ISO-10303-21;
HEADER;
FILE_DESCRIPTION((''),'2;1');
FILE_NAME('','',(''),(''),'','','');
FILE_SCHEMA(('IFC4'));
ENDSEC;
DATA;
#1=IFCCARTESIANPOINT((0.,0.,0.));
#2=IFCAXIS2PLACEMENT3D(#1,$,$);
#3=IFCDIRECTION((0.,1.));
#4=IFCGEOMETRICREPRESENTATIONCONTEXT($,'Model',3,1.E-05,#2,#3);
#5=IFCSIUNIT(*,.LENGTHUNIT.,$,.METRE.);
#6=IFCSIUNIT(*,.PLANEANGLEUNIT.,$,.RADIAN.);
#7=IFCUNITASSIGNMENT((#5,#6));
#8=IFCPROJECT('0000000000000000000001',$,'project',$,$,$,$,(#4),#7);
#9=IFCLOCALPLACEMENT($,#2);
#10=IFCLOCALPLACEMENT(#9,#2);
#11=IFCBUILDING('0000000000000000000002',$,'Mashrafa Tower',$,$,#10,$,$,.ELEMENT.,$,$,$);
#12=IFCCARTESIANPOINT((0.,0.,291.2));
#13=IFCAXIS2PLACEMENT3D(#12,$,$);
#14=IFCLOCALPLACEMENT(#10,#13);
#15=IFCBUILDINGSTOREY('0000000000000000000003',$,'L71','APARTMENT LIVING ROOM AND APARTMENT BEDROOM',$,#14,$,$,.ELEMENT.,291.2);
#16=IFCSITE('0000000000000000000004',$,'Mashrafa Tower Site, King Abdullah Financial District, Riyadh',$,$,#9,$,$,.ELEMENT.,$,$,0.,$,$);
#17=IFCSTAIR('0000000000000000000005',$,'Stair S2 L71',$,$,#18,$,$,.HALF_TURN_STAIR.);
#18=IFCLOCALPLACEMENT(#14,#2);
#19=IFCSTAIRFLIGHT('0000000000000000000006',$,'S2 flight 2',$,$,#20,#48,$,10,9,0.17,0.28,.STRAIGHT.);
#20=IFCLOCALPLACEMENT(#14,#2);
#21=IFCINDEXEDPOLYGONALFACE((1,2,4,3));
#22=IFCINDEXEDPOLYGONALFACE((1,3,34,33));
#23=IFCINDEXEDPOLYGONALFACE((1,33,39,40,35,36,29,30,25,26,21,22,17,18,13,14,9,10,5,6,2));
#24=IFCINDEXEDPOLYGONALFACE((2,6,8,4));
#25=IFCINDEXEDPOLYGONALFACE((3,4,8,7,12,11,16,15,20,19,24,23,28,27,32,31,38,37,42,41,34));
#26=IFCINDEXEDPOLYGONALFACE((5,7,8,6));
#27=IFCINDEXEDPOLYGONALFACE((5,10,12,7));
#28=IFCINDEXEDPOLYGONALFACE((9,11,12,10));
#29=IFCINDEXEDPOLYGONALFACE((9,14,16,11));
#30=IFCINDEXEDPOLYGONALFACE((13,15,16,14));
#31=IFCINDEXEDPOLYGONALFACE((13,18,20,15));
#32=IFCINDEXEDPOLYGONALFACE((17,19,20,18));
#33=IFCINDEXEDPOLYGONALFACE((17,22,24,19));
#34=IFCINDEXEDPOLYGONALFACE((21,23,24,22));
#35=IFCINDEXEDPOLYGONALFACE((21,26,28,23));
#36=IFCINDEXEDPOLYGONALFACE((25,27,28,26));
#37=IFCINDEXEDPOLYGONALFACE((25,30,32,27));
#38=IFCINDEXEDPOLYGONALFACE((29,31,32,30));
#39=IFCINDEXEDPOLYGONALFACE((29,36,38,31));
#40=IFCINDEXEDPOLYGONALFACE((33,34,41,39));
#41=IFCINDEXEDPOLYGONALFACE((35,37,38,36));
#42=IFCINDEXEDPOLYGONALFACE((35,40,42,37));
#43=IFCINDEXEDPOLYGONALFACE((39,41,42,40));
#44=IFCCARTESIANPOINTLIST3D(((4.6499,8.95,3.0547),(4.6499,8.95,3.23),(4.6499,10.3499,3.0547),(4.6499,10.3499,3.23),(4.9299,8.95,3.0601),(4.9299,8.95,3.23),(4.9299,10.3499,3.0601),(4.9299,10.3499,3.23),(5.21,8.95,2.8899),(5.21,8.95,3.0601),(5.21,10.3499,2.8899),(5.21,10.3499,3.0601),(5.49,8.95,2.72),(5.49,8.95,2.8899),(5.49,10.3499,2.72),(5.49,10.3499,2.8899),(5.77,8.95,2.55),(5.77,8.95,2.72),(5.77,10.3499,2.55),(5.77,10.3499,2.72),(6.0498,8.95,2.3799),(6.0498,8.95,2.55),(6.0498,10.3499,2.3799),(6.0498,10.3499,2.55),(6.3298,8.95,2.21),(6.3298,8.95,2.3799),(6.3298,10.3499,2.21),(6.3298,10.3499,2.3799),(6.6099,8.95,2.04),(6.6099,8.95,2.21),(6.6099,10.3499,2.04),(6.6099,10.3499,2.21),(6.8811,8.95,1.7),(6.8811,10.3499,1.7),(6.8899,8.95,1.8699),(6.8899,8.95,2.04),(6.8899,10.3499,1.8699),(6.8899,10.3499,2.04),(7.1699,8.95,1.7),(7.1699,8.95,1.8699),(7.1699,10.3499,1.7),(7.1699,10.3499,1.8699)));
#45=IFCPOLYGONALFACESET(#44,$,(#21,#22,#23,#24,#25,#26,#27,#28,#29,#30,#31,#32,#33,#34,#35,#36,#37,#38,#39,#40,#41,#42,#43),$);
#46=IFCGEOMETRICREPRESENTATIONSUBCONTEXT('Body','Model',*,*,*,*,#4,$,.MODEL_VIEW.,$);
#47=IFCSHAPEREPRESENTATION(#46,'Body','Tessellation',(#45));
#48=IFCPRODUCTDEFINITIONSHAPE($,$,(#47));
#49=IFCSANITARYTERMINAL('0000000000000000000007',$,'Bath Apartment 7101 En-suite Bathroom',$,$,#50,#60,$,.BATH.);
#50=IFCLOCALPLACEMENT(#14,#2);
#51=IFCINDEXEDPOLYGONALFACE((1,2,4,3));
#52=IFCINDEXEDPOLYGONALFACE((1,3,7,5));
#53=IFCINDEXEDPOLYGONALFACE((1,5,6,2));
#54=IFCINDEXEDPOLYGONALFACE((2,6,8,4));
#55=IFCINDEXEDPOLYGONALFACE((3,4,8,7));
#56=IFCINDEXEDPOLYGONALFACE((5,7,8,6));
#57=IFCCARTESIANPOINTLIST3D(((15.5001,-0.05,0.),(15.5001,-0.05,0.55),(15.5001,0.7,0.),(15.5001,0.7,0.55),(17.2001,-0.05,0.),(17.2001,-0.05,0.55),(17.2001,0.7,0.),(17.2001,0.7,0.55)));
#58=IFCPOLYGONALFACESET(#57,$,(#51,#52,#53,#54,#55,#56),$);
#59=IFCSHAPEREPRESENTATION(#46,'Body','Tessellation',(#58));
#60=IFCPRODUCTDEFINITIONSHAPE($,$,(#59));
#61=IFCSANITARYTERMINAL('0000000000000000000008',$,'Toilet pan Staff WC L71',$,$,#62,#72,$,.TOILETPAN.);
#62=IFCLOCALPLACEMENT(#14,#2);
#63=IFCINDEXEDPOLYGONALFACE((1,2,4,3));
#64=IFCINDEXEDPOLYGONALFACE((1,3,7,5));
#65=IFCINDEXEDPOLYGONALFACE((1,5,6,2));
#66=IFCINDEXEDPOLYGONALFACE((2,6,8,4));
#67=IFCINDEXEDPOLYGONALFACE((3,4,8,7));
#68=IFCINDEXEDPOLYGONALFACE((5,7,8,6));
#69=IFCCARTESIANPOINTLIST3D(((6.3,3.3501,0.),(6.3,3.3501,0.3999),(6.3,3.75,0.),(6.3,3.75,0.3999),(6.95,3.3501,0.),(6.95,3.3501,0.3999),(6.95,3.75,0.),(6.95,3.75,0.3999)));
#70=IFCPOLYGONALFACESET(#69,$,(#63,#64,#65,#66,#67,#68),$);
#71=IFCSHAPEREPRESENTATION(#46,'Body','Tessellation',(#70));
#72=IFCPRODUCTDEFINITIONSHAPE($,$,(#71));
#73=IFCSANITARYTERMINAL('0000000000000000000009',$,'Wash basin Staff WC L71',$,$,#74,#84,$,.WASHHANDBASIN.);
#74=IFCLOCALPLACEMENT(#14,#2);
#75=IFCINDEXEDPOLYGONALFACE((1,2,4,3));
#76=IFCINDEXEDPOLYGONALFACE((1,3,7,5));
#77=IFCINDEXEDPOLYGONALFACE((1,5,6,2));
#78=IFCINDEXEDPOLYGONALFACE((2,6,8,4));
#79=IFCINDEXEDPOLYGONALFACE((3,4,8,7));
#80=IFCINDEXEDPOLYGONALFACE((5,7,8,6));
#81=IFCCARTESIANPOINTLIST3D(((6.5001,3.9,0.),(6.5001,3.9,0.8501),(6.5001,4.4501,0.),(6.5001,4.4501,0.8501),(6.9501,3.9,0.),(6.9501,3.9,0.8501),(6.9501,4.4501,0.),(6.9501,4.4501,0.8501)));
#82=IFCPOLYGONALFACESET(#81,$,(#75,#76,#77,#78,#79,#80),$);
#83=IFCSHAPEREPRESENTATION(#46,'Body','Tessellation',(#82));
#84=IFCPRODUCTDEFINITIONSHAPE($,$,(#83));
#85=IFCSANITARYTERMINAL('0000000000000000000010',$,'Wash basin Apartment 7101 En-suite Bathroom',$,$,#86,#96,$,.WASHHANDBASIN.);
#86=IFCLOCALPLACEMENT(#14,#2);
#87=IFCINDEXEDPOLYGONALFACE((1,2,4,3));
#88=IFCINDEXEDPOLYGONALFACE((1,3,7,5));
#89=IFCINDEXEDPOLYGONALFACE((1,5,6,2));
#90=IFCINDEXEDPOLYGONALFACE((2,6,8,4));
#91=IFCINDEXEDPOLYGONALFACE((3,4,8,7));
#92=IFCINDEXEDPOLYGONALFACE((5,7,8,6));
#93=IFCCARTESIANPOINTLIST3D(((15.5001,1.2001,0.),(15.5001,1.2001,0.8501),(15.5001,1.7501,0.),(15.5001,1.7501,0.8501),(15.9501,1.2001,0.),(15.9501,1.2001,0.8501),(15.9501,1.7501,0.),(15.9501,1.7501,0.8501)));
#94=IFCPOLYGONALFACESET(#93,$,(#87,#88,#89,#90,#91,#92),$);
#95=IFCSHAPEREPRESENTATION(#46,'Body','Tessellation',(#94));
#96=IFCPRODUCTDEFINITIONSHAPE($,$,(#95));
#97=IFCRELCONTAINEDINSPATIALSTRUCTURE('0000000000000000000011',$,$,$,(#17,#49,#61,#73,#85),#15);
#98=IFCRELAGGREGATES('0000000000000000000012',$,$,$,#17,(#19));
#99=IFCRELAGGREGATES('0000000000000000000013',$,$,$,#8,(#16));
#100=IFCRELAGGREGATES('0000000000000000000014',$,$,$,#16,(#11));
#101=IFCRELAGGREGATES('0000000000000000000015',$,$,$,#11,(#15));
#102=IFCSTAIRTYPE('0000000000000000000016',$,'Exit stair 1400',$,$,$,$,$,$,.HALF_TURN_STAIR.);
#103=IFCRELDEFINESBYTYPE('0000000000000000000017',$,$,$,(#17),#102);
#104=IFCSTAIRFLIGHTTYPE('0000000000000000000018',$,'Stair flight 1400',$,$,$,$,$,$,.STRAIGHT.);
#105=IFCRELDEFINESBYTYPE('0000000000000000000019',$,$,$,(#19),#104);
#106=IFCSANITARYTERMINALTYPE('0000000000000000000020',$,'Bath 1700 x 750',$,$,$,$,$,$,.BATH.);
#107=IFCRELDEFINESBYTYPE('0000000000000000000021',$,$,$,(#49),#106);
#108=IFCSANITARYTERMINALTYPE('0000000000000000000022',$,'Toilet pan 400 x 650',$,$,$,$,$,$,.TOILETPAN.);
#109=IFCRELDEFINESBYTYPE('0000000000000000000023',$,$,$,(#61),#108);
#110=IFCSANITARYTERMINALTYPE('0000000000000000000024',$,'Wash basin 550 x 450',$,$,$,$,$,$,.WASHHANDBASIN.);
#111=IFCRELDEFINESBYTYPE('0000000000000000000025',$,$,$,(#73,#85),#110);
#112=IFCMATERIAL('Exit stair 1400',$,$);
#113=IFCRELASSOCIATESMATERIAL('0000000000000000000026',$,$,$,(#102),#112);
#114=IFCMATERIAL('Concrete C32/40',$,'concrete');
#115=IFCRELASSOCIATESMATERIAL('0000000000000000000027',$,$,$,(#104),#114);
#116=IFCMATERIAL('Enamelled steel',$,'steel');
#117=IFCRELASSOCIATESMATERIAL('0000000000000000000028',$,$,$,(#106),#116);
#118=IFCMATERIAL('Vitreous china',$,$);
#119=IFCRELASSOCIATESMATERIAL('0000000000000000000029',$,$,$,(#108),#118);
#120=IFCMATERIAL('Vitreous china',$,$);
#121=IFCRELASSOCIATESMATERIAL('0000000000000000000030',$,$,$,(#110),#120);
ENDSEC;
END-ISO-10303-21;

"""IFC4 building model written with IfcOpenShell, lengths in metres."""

from ifc_helpers import new_model, si_unit, direction, frame, origin, origin_2d, place, context, subcontext, project, spatial, polyline, rectangle, outline, extrude, material, type_object, element, aggregate, save


model = new_model("IFC4")

# Units and contexts
model_context = context("Model", 3, precision=1e-05, world=origin(), true_north=direction((0.0, 1.0)))
body_context = subcontext(model_context, "Body", "Model", "MODEL_VIEW")
ifc_project = project(units=[si_unit("LENGTHUNIT", "METRE"), si_unit("PLANEANGLEUNIT", "RADIAN")], contexts=[model_context])

# Site, building, storey
site_placement = place(None, origin())
site = spatial("IfcSite", under=ifc_project, at=site_placement, Name="Mashrafa Tower Site, King Abdullah Financial District, Riyadh", CompositionType="ELEMENT", RefElevation=0.0)
building_placement = place(site_placement, origin())
building = spatial("IfcBuilding", under=site, at=building_placement, Name="Mashrafa Tower", CompositionType="ELEMENT")
storey_placement = place(building_placement, frame((0.0, 0.0, 291.2)))
storey = spatial("IfcBuildingStorey", under=building, at=storey_placement, Name="L71", Description="APARTMENT LIVING ROOM AND APARTMENT BEDROOM", CompositionType="ELEMENT", Elevation=291.2)

# Stair, stair flight
ifc_material_1 = material(Name="Exit stair 1400")
stair_type = type_object("IfcStairType", Name="Exit stair 1400", PredefinedType="HALF_TURN_STAIR", material=ifc_material_1)
stair_placement = place(storey_placement, origin())
stair = element("IfcStair", 1, at=stair_placement, inside=storey, type_object=stair_type, Name="Stair S2 L71", PredefinedType="HALF_TURN_STAIR")
ifc_material_2 = material(Name="Concrete C32/40", Category="concrete")
stair_flight_type = type_object("IfcStairFlightType", Name="Stair flight 1400", PredefinedType="STRAIGHT", material=ifc_material_2)
stair_flight_1_placement = place(storey_placement, frame((7.1699, 9.6499, 1.7), z_axis=(0.0, 0.0, 1.0), x_axis=(-1.0, 0.0, 0.0)))
stair_flight_1 = element("IfcStairFlight", 2, at=stair_flight_1_placement, type_object=stair_flight_type, Name="S2 flight 2", NumberOfRisers=10, NumberOfTreads=9, PredefinedType="STRAIGHT", RiserHeight=0.17, TreadLength=0.28, context=body_context, shape_type="SweptSolid", body=[
    extrude(outline(polyline([(0.0, 0.0), (0.0, 0.1699), (0.28, 0.1699), (0.28, 0.3401), (0.5601, 0.3401), (0.5601, 0.51), (0.8401, 0.51), (0.8401, 0.6799), (1.1201, 0.6799), (1.1201, 0.8501), (1.3999, 0.8501), (1.3999, 1.02), (1.6799, 1.02), (1.6799, 1.1899), (1.96, 1.1899), (1.96, 1.3601), (2.24, 1.3601), (2.24, 1.53), (2.52, 1.53), (2.52, 1.7), (2.52, 1.3547), (0.2888, 0.0), (0.0, 0.0)])), frame((0.0, 0.7, 0.0), z_axis=(0.0, -1.0, 0.0), x_axis=(1.0, 0.0, 0.0)), (0.0, 0.0, 1.0), 1.3999),
])
aggregate(stair, [stair_flight_1])

# Sanitary terminals
ifc_material_3 = material(Name="Enamelled steel", Category="steel")
sanitary_terminal_type_1 = type_object("IfcSanitaryTerminalType", Name="Bath 1700 x 750", PredefinedType="BATH", material=ifc_material_3)
sanitary_terminal_1_placement = place(storey_placement, frame((16.3501, 0.325, 0.0), z_axis=(0.0, 0.0, 1.0), x_axis=(1.0, 0.0, 0.0)))
element("IfcSanitaryTerminal", 3, at=sanitary_terminal_1_placement, inside=storey, type_object=sanitary_terminal_type_1, Name="Bath Apartment 7101 En-suite Bathroom", PredefinedType="BATH", context=body_context, shape_type="SweptSolid", body=[
    extrude(rectangle(XDim=1.7, YDim=0.75, at=origin_2d()), origin(), (0.0, 0.0, 1.0), 0.55),
])
ifc_material_4 = material(Name="Vitreous china")
sanitary_terminal_type_2 = type_object("IfcSanitaryTerminalType", Name="Toilet pan 400 x 650", PredefinedType="TOILETPAN", material=ifc_material_4)
sanitary_terminal_2_placement = place(storey_placement, frame((6.625, 3.55, 0.0), z_axis=(0.0, 0.0, 1.0), x_axis=(0.0, 1.0, 0.0)))
element("IfcSanitaryTerminal", 4, at=sanitary_terminal_2_placement, inside=storey, type_object=sanitary_terminal_type_2, Name="Toilet pan Staff WC L71", PredefinedType="TOILETPAN", context=body_context, shape_type="SweptSolid", body=[
    extrude(rectangle(XDim=0.3999, YDim=0.6499, at=origin_2d()), origin(), (0.0, 0.0, 1.0), 0.3999),
])
ifc_material_5 = material(Name="Vitreous china")
sanitary_terminal_type_3 = type_object("IfcSanitaryTerminalType", Name="Wash basin 550 x 450", PredefinedType="WASHHANDBASIN", material=ifc_material_5)
for number, where, z_axis, x_axis, name in (
    (5, (6.7251, 4.175, 0.0), (0.0, 0.0, 1.0), (0.0, 1.0, 0.0), "Wash basin Staff WC L71"),
    (6, (15.7251, 1.4751, 0.0), (0.0, 0.0, 1.0), (0.0, -1.0, 0.0), "Wash basin Apartment 7101 En-suite Bathroom"),
):
    element("IfcSanitaryTerminal", number, at=place(storey_placement, frame(where, z_axis=z_axis, x_axis=x_axis)), inside=storey, type_object=sanitary_terminal_type_3, Name=name, PredefinedType="WASHHANDBASIN", context=body_context, shape_type="SweptSolid", body=[
        extrude(rectangle(XDim=0.55, YDim=0.45, at=origin_2d()), origin(), (0.0, 0.0, 1.0), 0.8501),
    ])

save(model, "model.ifc")
